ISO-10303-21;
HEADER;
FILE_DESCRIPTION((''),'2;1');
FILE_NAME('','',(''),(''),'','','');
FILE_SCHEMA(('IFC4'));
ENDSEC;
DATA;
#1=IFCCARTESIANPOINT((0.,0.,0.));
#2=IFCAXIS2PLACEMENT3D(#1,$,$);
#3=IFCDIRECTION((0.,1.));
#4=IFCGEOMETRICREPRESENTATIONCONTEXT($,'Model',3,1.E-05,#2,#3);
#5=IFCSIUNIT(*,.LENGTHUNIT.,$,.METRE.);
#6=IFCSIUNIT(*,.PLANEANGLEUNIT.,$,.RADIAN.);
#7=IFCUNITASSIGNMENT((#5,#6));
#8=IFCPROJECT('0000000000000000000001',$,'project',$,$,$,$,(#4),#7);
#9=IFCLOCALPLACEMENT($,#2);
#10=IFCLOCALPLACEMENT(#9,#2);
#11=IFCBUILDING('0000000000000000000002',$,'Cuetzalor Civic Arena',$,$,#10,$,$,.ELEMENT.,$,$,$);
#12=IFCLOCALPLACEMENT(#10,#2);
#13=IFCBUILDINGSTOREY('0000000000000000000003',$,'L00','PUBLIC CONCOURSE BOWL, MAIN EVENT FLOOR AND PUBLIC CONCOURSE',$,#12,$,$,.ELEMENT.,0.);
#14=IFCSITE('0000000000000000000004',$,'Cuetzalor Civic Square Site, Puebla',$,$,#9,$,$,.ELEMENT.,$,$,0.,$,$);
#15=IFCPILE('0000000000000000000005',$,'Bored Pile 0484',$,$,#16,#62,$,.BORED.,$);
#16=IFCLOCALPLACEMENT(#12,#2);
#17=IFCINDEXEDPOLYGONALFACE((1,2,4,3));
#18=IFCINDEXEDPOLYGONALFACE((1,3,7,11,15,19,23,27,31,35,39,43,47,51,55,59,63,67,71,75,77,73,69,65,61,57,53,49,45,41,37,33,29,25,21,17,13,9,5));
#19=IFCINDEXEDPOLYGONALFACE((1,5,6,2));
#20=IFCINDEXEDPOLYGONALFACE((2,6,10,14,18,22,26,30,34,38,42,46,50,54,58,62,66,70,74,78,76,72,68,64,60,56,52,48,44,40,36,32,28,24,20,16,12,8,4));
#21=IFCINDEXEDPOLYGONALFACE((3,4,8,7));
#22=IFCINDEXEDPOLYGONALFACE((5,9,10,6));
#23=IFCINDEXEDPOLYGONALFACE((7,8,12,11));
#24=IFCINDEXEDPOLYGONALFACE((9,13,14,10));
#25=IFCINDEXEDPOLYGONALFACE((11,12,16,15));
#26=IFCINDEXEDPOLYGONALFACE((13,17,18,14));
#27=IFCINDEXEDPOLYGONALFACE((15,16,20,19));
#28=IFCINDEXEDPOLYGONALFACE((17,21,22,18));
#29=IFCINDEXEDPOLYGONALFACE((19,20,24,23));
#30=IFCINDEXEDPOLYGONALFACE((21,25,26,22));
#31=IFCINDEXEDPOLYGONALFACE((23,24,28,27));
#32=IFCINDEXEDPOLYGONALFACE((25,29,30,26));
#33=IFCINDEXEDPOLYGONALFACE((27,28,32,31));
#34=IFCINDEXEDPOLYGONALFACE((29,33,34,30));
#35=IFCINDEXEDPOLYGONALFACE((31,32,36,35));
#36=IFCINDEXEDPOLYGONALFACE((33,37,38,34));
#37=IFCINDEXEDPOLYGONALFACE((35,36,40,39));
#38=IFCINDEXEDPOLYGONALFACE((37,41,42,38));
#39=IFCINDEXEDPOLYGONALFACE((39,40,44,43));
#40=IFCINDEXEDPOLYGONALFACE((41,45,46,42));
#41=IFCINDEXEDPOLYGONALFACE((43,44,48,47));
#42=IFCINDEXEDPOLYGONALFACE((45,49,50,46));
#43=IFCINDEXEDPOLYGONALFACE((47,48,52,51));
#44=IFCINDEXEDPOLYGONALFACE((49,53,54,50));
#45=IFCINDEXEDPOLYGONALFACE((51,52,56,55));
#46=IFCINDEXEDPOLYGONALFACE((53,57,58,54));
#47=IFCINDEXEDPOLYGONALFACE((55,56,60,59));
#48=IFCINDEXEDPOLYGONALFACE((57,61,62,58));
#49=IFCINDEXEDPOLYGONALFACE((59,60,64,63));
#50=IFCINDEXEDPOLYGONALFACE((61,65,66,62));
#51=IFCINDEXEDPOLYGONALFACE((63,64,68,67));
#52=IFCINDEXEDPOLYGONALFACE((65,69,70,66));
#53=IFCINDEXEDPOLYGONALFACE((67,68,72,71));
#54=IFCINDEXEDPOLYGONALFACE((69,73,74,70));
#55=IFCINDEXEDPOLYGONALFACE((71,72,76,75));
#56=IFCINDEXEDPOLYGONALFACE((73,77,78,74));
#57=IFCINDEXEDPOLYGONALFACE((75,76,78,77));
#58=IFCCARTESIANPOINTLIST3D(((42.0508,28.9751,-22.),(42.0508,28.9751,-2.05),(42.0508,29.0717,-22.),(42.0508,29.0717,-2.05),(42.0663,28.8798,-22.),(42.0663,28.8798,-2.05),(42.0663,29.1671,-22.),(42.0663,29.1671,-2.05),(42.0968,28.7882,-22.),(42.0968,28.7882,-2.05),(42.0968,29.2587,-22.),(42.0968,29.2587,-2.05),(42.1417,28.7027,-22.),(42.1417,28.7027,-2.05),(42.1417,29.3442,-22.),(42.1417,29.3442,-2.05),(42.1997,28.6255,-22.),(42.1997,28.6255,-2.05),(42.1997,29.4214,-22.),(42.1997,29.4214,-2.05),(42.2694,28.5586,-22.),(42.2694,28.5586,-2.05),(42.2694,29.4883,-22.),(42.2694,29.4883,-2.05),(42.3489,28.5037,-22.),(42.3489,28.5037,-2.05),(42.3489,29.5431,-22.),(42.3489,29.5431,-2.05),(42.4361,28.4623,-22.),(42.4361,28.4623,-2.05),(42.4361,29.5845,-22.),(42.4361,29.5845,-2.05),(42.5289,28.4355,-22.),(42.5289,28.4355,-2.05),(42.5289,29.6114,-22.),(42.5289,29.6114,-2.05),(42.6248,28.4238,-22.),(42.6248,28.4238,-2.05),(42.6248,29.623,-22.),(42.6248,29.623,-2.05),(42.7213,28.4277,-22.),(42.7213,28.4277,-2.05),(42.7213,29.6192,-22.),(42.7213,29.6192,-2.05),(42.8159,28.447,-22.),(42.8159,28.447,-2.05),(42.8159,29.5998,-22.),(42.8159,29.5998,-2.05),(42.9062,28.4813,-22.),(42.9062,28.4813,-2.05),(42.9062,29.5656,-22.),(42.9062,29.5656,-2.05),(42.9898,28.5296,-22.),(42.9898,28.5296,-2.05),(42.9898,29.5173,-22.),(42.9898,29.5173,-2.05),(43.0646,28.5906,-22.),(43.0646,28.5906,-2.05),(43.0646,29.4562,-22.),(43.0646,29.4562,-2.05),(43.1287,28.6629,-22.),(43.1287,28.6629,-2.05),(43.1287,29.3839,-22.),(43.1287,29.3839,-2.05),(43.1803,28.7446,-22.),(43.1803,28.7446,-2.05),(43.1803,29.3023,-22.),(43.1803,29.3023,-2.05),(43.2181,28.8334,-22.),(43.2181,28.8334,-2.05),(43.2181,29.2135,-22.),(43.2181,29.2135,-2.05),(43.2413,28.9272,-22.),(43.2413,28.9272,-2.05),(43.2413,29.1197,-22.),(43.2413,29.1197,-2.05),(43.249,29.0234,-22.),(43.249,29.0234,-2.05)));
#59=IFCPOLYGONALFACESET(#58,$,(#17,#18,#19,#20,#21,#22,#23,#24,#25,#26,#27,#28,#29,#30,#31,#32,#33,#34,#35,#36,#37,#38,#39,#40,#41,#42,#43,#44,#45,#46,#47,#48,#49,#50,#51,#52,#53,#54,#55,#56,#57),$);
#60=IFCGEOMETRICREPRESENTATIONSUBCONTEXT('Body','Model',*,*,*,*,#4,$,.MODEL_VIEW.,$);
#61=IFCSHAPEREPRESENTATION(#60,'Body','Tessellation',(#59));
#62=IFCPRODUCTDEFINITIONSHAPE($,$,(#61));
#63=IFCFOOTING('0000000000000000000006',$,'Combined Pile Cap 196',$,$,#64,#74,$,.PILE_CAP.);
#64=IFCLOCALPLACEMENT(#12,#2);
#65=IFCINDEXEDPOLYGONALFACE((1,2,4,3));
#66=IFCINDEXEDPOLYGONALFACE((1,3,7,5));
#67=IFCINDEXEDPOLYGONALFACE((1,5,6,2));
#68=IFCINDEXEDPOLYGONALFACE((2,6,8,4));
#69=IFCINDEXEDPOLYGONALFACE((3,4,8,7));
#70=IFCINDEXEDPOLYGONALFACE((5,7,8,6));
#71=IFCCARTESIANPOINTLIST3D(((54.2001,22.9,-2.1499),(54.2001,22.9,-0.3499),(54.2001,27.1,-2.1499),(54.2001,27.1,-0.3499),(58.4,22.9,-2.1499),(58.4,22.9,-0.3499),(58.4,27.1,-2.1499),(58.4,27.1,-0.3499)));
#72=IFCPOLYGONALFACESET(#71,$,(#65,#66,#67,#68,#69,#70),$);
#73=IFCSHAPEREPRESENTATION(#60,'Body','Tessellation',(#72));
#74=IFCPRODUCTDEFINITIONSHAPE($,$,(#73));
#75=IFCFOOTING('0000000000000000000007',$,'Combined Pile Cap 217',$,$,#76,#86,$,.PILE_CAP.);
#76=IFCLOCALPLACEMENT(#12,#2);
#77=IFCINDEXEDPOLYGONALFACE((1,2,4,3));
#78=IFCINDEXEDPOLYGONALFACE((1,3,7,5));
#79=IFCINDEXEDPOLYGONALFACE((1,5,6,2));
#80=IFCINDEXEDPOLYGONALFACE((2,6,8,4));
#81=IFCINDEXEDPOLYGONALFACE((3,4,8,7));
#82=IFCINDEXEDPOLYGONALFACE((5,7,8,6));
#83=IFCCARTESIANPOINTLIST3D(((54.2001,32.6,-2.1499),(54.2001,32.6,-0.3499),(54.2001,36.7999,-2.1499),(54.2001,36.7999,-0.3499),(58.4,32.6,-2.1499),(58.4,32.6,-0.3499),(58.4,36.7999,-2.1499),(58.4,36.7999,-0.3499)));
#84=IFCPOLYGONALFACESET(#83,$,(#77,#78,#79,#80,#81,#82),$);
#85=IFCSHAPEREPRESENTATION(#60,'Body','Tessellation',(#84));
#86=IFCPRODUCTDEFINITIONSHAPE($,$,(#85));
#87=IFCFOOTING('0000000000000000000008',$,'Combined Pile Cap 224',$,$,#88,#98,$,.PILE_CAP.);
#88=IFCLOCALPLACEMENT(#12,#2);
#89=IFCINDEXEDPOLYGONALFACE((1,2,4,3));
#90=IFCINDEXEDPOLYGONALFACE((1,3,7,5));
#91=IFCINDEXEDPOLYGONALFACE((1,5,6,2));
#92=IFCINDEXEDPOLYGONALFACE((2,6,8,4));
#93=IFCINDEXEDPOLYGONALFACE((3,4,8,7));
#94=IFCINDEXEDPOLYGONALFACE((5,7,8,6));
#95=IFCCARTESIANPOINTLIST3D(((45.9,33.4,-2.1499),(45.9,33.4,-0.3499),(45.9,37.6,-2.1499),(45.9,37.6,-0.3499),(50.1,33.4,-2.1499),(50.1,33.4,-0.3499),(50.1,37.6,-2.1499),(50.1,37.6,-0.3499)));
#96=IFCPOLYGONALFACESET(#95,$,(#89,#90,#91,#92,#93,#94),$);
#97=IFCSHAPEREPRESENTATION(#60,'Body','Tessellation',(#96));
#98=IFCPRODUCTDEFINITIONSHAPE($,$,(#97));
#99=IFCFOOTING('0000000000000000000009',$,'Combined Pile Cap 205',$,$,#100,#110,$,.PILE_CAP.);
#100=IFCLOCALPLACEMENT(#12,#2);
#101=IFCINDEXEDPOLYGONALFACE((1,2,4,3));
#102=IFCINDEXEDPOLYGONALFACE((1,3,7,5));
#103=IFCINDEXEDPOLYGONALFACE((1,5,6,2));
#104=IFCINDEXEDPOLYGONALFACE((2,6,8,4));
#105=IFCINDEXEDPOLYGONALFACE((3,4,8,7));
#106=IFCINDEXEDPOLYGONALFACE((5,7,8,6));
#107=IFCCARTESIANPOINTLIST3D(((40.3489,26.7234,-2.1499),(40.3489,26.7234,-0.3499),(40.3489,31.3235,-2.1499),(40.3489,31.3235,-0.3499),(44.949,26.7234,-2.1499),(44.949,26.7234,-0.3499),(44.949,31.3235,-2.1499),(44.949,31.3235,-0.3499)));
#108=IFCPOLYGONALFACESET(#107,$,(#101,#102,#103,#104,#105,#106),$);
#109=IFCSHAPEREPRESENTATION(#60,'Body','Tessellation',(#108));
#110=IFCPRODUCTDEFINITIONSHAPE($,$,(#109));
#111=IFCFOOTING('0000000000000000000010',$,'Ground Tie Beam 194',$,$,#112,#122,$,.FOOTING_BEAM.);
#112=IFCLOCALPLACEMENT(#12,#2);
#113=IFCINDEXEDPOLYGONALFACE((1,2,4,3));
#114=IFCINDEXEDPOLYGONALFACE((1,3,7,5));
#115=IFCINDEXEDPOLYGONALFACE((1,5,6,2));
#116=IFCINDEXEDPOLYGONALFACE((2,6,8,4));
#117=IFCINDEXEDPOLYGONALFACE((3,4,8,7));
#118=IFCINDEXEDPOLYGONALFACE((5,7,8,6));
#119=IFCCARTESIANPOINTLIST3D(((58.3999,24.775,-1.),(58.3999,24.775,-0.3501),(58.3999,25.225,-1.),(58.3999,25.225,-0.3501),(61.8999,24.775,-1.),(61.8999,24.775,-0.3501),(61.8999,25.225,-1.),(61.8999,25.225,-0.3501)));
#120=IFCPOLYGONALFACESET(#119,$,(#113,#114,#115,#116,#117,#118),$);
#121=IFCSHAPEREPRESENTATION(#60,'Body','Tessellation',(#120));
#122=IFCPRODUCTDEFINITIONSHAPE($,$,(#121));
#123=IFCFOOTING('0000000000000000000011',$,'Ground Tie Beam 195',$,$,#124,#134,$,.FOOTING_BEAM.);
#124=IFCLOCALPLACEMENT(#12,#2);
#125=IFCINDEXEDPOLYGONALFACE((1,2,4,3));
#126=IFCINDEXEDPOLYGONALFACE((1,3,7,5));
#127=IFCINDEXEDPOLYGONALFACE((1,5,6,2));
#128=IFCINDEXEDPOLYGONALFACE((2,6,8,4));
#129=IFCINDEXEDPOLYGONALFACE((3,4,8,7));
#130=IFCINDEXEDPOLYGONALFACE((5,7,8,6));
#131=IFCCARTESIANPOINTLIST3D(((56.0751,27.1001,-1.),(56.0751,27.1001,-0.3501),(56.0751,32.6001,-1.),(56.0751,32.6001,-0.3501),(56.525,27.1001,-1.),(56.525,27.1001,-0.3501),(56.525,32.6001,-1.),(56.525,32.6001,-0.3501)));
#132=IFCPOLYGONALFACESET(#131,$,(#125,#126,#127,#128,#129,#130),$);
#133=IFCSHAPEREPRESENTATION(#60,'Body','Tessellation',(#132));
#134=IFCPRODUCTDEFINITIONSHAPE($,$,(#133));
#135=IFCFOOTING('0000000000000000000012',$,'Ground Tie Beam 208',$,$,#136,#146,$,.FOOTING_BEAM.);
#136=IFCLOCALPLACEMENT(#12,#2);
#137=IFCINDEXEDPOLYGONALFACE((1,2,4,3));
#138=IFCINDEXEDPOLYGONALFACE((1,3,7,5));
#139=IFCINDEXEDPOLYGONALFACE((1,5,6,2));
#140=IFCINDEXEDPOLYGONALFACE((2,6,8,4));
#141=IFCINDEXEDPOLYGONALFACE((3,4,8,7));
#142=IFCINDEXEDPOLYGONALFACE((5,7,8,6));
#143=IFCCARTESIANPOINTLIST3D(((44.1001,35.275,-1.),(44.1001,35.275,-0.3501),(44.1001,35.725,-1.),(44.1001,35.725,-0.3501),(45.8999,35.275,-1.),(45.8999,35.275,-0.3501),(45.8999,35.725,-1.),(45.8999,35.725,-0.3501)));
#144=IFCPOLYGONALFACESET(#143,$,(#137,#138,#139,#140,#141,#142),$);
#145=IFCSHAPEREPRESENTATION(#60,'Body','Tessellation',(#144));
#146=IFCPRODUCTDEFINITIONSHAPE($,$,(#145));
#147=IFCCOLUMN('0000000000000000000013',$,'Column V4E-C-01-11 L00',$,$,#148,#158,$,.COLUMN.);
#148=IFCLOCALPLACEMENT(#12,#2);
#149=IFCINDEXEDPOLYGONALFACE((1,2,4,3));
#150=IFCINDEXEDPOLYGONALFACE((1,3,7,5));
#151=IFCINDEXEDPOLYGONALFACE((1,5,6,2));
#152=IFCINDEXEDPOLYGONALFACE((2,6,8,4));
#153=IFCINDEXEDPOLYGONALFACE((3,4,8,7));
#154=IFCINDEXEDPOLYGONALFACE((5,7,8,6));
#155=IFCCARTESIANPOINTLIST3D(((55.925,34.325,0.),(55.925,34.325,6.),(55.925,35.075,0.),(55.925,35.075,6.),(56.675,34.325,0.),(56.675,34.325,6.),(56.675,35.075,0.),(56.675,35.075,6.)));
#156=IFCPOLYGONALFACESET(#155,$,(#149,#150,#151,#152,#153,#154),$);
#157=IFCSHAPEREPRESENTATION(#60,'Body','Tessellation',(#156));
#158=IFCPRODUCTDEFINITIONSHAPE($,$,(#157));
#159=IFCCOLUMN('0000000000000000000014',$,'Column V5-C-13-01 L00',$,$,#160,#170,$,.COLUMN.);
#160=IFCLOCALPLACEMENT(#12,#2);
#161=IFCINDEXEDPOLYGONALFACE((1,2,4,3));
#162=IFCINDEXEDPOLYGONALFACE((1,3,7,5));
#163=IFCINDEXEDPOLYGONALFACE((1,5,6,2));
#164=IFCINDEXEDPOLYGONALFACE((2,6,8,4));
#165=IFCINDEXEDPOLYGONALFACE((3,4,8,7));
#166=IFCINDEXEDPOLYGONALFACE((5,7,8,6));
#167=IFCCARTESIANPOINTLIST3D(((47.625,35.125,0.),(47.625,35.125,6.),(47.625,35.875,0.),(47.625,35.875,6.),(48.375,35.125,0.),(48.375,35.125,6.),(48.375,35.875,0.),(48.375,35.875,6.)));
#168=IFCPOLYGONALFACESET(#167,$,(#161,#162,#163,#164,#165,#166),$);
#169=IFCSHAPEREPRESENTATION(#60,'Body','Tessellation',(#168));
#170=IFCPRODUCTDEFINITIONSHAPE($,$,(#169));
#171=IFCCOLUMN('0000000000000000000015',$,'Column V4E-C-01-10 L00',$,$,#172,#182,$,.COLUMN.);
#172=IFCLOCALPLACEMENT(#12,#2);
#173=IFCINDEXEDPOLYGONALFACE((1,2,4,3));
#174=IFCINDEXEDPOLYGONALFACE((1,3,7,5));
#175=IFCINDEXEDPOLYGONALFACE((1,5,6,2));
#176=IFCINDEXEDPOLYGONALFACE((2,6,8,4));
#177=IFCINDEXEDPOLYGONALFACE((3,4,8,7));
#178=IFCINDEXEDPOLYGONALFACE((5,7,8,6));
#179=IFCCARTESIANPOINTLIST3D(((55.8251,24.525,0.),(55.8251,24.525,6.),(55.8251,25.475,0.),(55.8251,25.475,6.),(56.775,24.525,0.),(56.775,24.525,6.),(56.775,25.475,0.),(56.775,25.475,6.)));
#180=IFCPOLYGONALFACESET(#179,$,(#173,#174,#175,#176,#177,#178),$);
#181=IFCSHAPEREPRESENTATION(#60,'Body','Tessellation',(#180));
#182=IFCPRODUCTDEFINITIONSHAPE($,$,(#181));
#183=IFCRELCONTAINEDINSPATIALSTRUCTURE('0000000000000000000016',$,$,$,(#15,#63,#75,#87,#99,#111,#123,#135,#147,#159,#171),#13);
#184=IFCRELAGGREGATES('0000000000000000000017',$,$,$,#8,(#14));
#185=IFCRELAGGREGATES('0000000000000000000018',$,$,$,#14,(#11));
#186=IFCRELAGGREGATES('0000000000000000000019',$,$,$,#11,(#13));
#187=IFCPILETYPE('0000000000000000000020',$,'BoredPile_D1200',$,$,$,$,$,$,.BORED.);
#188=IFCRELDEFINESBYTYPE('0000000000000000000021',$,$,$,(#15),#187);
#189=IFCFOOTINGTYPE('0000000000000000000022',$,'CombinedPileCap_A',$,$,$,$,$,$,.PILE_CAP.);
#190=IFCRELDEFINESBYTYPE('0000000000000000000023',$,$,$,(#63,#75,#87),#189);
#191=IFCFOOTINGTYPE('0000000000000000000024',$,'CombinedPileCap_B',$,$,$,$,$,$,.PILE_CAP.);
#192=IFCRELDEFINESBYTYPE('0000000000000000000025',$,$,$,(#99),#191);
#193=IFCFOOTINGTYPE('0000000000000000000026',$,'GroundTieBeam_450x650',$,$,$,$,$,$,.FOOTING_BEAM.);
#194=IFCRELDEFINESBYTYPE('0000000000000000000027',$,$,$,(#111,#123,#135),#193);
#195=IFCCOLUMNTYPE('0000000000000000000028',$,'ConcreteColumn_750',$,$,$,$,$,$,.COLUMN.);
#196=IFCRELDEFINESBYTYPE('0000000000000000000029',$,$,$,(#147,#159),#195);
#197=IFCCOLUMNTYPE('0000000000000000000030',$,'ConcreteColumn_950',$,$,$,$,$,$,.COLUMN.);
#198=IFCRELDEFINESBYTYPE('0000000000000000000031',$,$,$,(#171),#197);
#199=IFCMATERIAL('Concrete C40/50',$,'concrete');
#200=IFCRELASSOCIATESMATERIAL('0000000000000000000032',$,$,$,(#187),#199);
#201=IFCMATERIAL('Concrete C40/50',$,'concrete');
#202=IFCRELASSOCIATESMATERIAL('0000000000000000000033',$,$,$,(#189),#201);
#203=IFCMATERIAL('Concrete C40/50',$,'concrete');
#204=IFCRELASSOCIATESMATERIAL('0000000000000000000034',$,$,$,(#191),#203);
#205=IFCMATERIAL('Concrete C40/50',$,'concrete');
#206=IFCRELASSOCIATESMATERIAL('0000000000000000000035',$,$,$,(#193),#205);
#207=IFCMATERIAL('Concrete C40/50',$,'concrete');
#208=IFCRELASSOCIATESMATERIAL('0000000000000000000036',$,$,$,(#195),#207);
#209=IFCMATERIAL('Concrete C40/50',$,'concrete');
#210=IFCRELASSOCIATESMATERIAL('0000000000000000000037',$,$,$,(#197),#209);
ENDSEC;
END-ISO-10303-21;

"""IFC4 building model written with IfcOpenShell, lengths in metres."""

from ifc_helpers import new_model, si_unit, direction, frame, origin, origin_2d, place, context, subcontext, project, spatial, rectangle, circle, extrude, material, material_profile, profile_set, type_object, element, save


model = new_model("IFC4")

# Units and contexts
model_context = context("Model", 3, precision=1e-05, world=origin(), true_north=direction((0.0, 1.0)))
body_context = subcontext(model_context, "Body", "Model", "MODEL_VIEW")
ifc_project = project(units=[si_unit("LENGTHUNIT", "METRE"), si_unit("PLANEANGLEUNIT", "RADIAN")], contexts=[model_context])

# Site, building, storey
site_placement = place(None, origin())
site = spatial("IfcSite", under=ifc_project, at=site_placement, Name="Cuetzalor Civic Square Site, Puebla", CompositionType="ELEMENT", RefElevation=0.0)
building_placement = place(site_placement, origin())
building = spatial("IfcBuilding", under=site, at=building_placement, Name="Cuetzalor Civic Arena", CompositionType="ELEMENT")
storey_placement = place(building_placement, origin())
storey = spatial("IfcBuildingStorey", under=building, at=storey_placement, Name="L00", Description="PUBLIC CONCOURSE BOWL, MAIN EVENT FLOOR AND PUBLIC CONCOURSE", CompositionType="ELEMENT", Elevation=0.0)

# Pile
ifc_material_1 = material(Name="Concrete C40/50", Category="concrete")
ifc_material_profile_1 = material_profile(ifc_material_1, circle(Radius=0.6001, at=origin_2d()), Name="BORED PILE D1200")
ifc_profile_set_1 = profile_set([ifc_material_profile_1], Name="Concrete C40/50")
pile_type_1 = type_object("IfcPileType", Name="BoredPile_D1200", PredefinedType="BORED", material=ifc_profile_set_1)
pile_1_placement = place(storey_placement, frame((42.6489, 29.0234, -2.05), z_axis=(0.0, 0.0, -1.0), x_axis=(1.0, 0.0, 0.0)))
element("IfcPile", 1, at=pile_1_placement, inside=storey, type_object=pile_type_1, Name="Bored Pile 0484", PredefinedType="BORED", context=body_context, shape_type="SweptSolid", body=[
    extrude(circle(Radius=0.6001, at=origin_2d()), origin(), (0.0, 0.0, 1.0), 19.95),
])

# Footings
ifc_material_2 = material(Name="Concrete C40/50", Category="concrete")
footing_type_1 = type_object("IfcFootingType", Name="CombinedPileCap_A", PredefinedType="PILE_CAP", material=ifc_material_2)
for number, where, z_axis, x_axis, name in (
    (2, (56.3, 25.0, -2.1499), (0.0, 0.0, 1.0), (1.0, 0.0, 0.0), "Combined Pile Cap 196"),
    (3, (56.3, 34.7, -2.1499), (0.0, 0.0, 1.0), (1.0, 0.0, 0.0), "Combined Pile Cap 217"),
    (4, (48.0, 35.5, -2.1499), (0.0, 0.0, 1.0), (1.0, 0.0, 0.0), "Combined Pile Cap 224"),
):
    element("IfcFooting", number, at=place(storey_placement, frame(where, z_axis=z_axis, x_axis=x_axis)), inside=storey, type_object=footing_type_1, Name=name, PredefinedType="PILE_CAP", context=body_context, shape_type="SweptSolid", body=[
        extrude(rectangle(XDim=4.2, YDim=4.2, at=origin_2d()), origin(), (0.0, 0.0, 1.0), 1.8),
    ])
ifc_material_3 = material(Name="Concrete C40/50", Category="concrete")
footing_type_2 = type_object("IfcFootingType", Name="CombinedPileCap_B", PredefinedType="PILE_CAP", material=ifc_material_3)
footing_1_placement = place(storey_placement, frame((42.6489, 29.0234, -2.1499), z_axis=(0.0, 0.0, 1.0), x_axis=(1.0, 0.0, 0.0)))
element("IfcFooting", 5, at=footing_1_placement, inside=storey, type_object=footing_type_2, Name="Combined Pile Cap 205", PredefinedType="PILE_CAP", context=body_context, shape_type="SweptSolid", body=[
    extrude(rectangle(XDim=4.6001, YDim=4.6001, at=origin_2d()), origin(), (0.0, 0.0, 1.0), 1.8),
])
ifc_material_4 = material(Name="Concrete C40/50", Category="concrete")
ifc_material_profile_2 = material_profile(ifc_material_4, rectangle(XDim=0.45, YDim=0.6499, at=origin_2d()), Name="RC 450x650")
ifc_profile_set_2 = profile_set([ifc_material_profile_2], Name="Concrete C40/50")
footing_type_3 = type_object("IfcFootingType", Name="GroundTieBeam_450x650", PredefinedType="FOOTING_BEAM", material=ifc_profile_set_2)
footing_2_placement = place(storey_placement, frame((58.3999, 25.0, -0.675), z_axis=(1.0, 0.0, 0.0), x_axis=(0.0, 1.0, 0.0)))
element("IfcFooting", 6, at=footing_2_placement, inside=storey, type_object=footing_type_3, Name="Ground Tie Beam 194", PredefinedType="FOOTING_BEAM", context=body_context, shape_type="SweptSolid", body=[
    extrude(rectangle(XDim=0.45, YDim=0.6499, at=origin_2d()), origin(), (0.0, 0.0, 1.0), 3.5),
])
footing_3_placement = place(storey_placement, frame((56.3, 27.1001, -0.675), z_axis=(0.0, 1.0, 0.0), x_axis=(-1.0, 0.0, 0.0)))
element("IfcFooting", 7, at=footing_3_placement, inside=storey, type_object=footing_type_3, Name="Ground Tie Beam 195", PredefinedType="FOOTING_BEAM", context=body_context, shape_type="SweptSolid", body=[
    extrude(rectangle(XDim=0.45, YDim=0.6499, at=origin_2d()), origin(), (0.0, 0.0, 1.0), 5.5),
])
footing_4_placement = place(storey_placement, frame((44.1001, 35.5, -0.675), z_axis=(1.0, 0.0, 0.0), x_axis=(0.0, 1.0, 0.0)))
element("IfcFooting", 8, at=footing_4_placement, inside=storey, type_object=footing_type_3, Name="Ground Tie Beam 208", PredefinedType="FOOTING_BEAM", context=body_context, shape_type="SweptSolid", body=[
    extrude(rectangle(XDim=0.45, YDim=0.6499, at=origin_2d()), origin(), (0.0, 0.0, 1.0), 1.7998),
])

# Columns
ifc_material_5 = material(Name="Concrete C40/50", Category="concrete")
ifc_material_profile_3 = material_profile(ifc_material_5, rectangle(XDim=0.75, YDim=0.75, at=origin_2d()), Name="RC 750x750")
ifc_profile_set_3 = profile_set([ifc_material_profile_3], Name="Concrete C40/50")
column_type_1 = type_object("IfcColumnType", Name="ConcreteColumn_750", PredefinedType="COLUMN", material=ifc_profile_set_3)
for number, where, z_axis, x_axis, name in (
    (9, (56.3, 34.7, 0.0), (0.0, 0.0, 1.0), (1.0, 0.0, 0.0), "Column V4E-C-01-11 L00"),
    (10, (48.0, 35.5, 0.0), (0.0, 0.0, 1.0), (1.0, 0.0, 0.0), "Column V5-C-13-01 L00"),
):
    element("IfcColumn", number, at=place(storey_placement, frame(where, z_axis=z_axis, x_axis=x_axis)), inside=storey, type_object=column_type_1, Name=name, PredefinedType="COLUMN", context=body_context, shape_type="SweptSolid", body=[
        extrude(rectangle(XDim=0.75, YDim=0.75, at=origin_2d()), origin(), (0.0, 0.0, 1.0), 6.0),
    ])
ifc_material_6 = material(Name="Concrete C40/50", Category="concrete")
ifc_material_profile_4 = material_profile(ifc_material_6, rectangle(XDim=0.95, YDim=0.95, at=origin_2d()), Name="RC 950x950")
ifc_profile_set_4 = profile_set([ifc_material_profile_4], Name="Concrete C40/50")
column_type_2 = type_object("IfcColumnType", Name="ConcreteColumn_950", PredefinedType="COLUMN", material=ifc_profile_set_4)
column_placement = place(storey_placement, frame((56.3, 25.0, 0.0), z_axis=(0.0, 0.0, 1.0), x_axis=(1.0, 0.0, 0.0)))
element("IfcColumn", 11, at=column_placement, inside=storey, type_object=column_type_2, Name="Column V4E-C-01-10 L00", PredefinedType="COLUMN", context=body_context, shape_type="SweptSolid", body=[
    extrude(rectangle(XDim=0.95, YDim=0.95, at=origin_2d()), origin(), (0.0, 0.0, 1.0), 6.0),
])

save(model, "model.ifc")
